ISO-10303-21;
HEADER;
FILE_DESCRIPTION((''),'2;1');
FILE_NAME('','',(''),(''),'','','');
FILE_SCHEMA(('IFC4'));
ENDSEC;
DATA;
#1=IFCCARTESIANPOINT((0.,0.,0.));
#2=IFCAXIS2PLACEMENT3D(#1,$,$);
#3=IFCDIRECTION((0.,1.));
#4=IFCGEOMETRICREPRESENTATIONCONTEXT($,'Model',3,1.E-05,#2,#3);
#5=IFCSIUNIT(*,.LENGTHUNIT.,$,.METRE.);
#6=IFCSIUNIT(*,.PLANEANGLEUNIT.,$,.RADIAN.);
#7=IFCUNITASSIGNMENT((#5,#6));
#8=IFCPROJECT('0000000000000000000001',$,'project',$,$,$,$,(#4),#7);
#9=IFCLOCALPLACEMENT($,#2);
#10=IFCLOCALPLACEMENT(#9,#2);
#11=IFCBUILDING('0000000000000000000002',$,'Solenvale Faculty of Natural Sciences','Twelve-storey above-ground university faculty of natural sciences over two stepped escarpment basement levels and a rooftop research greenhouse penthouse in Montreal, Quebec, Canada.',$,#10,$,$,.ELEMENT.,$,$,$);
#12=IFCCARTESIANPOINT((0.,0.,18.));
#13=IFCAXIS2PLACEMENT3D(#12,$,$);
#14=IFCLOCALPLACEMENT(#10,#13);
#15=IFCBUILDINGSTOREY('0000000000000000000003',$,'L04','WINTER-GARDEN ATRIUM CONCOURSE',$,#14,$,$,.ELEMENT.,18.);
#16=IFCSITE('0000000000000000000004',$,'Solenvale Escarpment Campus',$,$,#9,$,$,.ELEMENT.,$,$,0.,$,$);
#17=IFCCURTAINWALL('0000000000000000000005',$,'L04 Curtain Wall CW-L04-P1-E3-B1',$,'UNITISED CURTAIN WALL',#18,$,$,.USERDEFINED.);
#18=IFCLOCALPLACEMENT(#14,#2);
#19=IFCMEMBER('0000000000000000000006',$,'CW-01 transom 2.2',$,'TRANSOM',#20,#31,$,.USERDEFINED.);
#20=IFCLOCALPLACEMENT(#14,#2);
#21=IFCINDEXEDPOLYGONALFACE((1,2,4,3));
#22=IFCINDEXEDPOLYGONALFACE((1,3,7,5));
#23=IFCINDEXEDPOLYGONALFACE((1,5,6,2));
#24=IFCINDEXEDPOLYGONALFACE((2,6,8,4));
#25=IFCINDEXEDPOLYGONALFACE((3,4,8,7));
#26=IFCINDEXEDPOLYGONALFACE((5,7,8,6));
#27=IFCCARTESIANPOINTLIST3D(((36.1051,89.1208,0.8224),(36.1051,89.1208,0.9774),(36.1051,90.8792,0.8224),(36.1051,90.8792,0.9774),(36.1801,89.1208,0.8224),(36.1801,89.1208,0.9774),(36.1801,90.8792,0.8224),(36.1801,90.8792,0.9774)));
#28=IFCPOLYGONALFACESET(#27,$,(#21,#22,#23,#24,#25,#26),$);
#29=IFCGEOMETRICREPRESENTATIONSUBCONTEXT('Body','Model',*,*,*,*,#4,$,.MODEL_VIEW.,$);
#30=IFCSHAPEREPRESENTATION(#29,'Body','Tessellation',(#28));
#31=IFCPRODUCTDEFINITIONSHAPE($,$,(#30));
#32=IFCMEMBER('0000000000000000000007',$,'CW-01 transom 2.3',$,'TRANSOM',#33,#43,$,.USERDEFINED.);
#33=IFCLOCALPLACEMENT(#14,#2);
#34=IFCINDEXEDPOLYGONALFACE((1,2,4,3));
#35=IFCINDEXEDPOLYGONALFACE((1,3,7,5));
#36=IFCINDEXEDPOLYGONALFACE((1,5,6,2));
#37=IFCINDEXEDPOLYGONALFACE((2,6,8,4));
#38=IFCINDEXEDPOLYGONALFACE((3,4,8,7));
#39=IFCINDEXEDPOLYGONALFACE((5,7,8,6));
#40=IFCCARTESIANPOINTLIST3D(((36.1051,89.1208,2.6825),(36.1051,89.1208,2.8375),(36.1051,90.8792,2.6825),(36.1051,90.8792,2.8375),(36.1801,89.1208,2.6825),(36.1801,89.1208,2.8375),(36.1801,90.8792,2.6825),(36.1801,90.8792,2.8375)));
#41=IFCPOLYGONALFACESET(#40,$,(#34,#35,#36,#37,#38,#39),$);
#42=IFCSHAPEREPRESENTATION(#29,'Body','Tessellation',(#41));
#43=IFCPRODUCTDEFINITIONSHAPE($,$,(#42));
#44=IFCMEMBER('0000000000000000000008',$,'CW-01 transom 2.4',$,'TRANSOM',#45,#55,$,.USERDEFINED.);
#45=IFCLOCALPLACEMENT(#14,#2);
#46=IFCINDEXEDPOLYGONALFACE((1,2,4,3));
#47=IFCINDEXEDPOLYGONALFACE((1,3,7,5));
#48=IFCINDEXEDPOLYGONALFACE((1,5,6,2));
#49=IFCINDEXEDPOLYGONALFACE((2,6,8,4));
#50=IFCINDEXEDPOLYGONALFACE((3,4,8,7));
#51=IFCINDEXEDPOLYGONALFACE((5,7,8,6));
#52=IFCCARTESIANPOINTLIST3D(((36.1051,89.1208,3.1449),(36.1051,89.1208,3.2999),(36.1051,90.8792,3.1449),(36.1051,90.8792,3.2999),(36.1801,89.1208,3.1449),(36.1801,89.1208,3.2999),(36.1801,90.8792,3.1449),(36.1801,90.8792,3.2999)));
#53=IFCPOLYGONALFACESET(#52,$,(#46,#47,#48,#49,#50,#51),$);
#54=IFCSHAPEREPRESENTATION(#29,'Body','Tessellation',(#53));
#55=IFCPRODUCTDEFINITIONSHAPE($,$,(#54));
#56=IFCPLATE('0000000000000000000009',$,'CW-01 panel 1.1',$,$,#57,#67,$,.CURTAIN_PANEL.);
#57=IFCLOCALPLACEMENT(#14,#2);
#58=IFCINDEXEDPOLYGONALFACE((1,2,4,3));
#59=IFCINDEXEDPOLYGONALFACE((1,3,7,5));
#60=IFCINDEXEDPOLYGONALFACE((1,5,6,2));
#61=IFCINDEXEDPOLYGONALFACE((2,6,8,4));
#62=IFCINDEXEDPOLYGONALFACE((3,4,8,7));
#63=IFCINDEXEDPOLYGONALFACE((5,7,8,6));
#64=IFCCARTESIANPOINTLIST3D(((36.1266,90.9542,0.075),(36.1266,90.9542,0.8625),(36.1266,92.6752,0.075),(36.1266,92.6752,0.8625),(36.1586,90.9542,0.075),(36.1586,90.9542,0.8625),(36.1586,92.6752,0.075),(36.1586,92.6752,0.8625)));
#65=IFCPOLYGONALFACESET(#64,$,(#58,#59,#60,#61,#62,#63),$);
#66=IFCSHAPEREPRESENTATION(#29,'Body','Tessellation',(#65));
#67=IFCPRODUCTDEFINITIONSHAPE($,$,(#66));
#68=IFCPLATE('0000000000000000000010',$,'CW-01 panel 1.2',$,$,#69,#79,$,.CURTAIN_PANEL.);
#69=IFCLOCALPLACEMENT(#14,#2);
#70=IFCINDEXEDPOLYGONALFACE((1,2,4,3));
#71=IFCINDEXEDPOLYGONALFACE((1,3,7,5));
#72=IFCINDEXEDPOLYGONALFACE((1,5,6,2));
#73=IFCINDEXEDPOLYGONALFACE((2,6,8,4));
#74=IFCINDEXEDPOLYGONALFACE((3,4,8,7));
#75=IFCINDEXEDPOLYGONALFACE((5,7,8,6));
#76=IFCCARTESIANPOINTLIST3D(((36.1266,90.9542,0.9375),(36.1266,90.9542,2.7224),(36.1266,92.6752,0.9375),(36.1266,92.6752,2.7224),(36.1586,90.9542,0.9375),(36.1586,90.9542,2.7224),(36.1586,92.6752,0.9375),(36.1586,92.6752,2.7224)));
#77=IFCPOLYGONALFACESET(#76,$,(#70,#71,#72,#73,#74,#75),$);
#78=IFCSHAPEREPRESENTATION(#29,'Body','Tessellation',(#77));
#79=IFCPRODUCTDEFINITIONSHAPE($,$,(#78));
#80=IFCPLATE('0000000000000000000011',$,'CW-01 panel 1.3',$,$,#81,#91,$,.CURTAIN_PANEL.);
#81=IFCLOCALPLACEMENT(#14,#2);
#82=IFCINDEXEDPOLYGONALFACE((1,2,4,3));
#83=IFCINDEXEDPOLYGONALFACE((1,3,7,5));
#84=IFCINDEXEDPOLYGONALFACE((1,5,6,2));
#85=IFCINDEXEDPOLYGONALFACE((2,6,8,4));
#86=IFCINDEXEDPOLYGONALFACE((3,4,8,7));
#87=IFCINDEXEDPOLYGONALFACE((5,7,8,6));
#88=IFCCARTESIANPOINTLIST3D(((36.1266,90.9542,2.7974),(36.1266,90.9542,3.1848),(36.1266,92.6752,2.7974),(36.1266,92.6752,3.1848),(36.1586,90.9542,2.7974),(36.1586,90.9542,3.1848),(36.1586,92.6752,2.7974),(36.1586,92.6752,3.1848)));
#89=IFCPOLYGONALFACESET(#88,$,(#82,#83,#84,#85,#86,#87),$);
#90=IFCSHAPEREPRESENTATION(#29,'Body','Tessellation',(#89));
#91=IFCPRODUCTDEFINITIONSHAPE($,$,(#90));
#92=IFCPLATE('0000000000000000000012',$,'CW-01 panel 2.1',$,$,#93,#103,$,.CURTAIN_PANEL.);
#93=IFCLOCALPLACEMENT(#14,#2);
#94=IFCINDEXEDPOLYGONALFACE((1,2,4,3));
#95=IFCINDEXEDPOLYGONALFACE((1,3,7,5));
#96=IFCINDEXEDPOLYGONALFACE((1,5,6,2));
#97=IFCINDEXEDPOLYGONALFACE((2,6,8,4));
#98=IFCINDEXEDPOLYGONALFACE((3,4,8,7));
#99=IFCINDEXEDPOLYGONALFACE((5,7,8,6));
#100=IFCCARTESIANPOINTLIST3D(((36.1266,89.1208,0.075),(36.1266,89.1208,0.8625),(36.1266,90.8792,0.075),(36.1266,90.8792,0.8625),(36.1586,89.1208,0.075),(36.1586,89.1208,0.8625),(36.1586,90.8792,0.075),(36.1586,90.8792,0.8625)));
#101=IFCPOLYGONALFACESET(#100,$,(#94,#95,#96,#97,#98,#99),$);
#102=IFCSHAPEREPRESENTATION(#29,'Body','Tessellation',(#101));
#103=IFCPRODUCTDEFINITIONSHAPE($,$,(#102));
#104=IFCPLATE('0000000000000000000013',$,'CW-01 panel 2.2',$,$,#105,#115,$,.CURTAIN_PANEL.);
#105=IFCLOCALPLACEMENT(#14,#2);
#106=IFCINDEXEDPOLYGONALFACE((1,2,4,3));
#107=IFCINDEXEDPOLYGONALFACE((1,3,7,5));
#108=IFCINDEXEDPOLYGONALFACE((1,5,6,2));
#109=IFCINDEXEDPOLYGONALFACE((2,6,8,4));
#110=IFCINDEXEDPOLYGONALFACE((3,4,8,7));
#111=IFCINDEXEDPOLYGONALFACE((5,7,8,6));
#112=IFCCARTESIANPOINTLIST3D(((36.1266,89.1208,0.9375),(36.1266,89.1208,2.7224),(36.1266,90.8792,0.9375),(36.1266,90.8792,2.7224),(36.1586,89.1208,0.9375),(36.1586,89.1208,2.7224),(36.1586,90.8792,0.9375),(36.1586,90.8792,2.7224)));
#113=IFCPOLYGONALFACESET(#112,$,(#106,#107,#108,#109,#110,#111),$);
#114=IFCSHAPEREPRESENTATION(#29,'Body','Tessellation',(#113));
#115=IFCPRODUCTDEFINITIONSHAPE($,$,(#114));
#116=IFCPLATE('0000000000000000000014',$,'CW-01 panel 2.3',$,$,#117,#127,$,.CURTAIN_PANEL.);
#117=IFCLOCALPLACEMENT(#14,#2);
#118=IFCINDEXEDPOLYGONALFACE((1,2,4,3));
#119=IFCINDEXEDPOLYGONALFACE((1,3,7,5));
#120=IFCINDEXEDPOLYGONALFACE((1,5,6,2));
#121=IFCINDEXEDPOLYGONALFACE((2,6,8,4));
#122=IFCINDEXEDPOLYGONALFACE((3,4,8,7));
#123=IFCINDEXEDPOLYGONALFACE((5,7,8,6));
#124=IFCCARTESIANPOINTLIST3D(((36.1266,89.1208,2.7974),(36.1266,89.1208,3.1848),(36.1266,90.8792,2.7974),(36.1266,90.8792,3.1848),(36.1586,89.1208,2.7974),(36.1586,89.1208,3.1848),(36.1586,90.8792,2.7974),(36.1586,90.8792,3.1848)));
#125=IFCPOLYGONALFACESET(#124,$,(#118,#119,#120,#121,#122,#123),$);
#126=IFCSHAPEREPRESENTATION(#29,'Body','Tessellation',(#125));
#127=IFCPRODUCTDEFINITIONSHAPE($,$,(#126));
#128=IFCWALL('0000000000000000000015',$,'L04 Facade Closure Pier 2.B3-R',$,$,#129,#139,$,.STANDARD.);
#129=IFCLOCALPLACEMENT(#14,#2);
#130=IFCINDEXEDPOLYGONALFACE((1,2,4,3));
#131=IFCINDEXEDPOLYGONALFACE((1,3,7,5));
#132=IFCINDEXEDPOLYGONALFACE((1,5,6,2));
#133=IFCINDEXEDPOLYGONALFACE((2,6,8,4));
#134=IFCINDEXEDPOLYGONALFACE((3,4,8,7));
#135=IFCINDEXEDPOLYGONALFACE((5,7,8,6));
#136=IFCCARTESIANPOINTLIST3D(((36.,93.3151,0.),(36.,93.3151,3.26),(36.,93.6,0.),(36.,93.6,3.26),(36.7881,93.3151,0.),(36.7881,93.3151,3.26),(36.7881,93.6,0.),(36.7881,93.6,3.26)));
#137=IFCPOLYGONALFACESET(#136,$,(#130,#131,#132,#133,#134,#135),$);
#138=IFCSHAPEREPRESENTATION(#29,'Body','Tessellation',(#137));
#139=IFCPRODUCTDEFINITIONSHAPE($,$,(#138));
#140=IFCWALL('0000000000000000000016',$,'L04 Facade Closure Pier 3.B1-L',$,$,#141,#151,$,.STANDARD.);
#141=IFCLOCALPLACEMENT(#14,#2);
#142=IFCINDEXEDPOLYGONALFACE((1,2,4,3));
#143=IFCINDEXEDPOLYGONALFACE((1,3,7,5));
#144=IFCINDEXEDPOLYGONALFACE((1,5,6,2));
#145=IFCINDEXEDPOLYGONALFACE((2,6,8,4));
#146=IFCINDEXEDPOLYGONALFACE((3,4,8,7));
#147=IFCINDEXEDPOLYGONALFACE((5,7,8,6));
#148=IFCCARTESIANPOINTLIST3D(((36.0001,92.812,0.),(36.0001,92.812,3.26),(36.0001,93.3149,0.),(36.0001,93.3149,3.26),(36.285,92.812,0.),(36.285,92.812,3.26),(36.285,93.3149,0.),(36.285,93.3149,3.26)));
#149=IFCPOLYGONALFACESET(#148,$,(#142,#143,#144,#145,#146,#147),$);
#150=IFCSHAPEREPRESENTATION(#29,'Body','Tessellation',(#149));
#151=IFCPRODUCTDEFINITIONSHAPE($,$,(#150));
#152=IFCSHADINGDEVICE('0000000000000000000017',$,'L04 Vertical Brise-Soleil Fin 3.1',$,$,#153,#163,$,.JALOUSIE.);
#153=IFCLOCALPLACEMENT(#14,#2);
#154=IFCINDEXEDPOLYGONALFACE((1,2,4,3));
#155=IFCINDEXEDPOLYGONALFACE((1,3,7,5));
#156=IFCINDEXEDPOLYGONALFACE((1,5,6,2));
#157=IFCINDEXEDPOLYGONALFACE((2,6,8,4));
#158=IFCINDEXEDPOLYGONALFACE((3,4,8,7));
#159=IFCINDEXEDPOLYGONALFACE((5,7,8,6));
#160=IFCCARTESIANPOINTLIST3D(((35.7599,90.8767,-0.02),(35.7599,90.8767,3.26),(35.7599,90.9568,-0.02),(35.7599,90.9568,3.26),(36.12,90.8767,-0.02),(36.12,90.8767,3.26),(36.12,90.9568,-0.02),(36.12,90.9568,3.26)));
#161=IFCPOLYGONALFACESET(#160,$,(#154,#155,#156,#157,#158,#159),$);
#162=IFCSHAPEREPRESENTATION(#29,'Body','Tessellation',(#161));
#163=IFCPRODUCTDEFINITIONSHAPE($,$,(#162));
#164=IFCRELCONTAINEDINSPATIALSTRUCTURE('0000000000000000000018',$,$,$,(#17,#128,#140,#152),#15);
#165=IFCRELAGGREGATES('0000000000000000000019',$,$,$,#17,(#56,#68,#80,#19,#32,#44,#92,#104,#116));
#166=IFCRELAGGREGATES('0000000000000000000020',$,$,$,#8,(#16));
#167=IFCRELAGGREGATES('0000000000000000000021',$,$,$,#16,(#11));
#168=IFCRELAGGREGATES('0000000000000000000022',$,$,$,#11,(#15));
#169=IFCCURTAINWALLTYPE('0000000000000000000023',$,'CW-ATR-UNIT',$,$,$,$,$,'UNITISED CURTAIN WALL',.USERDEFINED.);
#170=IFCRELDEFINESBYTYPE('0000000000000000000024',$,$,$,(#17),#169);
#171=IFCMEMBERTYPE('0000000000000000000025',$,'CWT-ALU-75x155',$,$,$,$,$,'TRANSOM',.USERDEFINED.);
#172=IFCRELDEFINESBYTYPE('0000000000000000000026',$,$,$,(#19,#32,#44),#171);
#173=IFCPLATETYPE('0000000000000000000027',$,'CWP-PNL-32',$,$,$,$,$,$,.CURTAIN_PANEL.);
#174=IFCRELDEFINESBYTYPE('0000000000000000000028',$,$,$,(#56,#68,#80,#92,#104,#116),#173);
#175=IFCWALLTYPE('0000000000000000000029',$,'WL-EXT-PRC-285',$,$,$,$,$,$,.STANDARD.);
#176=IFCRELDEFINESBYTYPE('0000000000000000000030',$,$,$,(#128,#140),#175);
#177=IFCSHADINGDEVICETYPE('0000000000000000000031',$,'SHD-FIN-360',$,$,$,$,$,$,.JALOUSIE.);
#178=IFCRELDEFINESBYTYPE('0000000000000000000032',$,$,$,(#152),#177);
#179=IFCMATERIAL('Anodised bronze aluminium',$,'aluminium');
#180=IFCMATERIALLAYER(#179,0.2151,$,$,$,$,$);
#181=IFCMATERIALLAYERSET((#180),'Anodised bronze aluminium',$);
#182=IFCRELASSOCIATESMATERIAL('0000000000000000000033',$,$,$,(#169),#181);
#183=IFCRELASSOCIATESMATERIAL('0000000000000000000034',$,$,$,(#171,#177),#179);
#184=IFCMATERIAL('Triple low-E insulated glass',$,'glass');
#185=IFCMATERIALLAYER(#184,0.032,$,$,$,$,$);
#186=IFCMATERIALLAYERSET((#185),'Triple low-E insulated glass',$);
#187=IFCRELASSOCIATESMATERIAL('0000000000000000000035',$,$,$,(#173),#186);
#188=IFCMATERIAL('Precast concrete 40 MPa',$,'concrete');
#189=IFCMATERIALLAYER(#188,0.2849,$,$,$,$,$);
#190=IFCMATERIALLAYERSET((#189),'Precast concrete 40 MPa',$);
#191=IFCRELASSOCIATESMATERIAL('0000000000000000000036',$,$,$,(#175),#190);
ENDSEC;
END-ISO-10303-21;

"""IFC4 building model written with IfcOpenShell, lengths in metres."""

from ifc_helpers import new_model, si_unit, direction, frame, frame_2d, origin, origin_2d, place, context, subcontext, project, spatial, rectangle, extrude, material, layer, layer_set, material_profile, profile_set, type_object, element, aggregate, save


model = new_model("IFC4")

# Units and contexts
model_context = context("Model", 3, precision=1e-05, world=origin(), true_north=direction((0.0, 1.0)))
body_context = subcontext(model_context, "Body", "Model", "MODEL_VIEW")
ifc_project = project(units=[si_unit("LENGTHUNIT", "METRE"), si_unit("PLANEANGLEUNIT", "RADIAN")], contexts=[model_context])

# Site, building, storey
site_placement = place(None, origin())
site = spatial("IfcSite", under=ifc_project, at=site_placement, Name="Solenvale Escarpment Campus", CompositionType="ELEMENT", RefElevation=0.0)
building_placement = place(site_placement, origin())
building = spatial("IfcBuilding", under=site, at=building_placement, Name="Solenvale Faculty of Natural Sciences", Description="Twelve-storey above-ground university faculty of natural sciences over two stepped escarpment basement levels and a rooftop research greenhouse penthouse in Montreal, Quebec, Canada.", CompositionType="ELEMENT")
storey_placement = place(building_placement, frame((0.0, 0.0, 18.0)))
storey = spatial("IfcBuildingStorey", under=building, at=storey_placement, Name="L04", Description="WINTER-GARDEN ATRIUM CONCOURSE", CompositionType="ELEMENT", Elevation=18.0)

# Curtain wall, members, plates
ifc_material_1 = material(Name="Anodised bronze aluminium", Category="aluminium")
ifc_layer_1 = layer(ifc_material_1, 0.2151)
ifc_layer_set_1 = layer_set([ifc_layer_1], Name="Anodised bronze aluminium")
curtain_wall_type = type_object("IfcCurtainWallType", Name="CW-ATR-UNIT", ElementType="UNITISED CURTAIN WALL", PredefinedType="USERDEFINED", material=ifc_layer_set_1)
curtain_wall_placement = place(storey_placement, origin())
curtain_wall = element("IfcCurtainWall", 1, at=curtain_wall_placement, inside=storey, type_object=curtain_wall_type, Name="L04 Curtain Wall CW-L04-P1-E3-B1", ObjectType="UNITISED CURTAIN WALL", PredefinedType="USERDEFINED")
ifc_material_profile_1 = material_profile(ifc_material_1, rectangle(XDim=0.075, YDim=0.155, at=origin_2d()), Name="ALU-TRN-75x155")
ifc_profile_set_1 = profile_set([ifc_material_profile_1], Name="Anodised bronze aluminium")
member_type_1 = type_object("IfcMemberType", Name="CWT-ALU-75x155", ElementType="TRANSOM", PredefinedType="USERDEFINED", material=ifc_profile_set_1)
member_1_placement = place(storey_placement, frame((36.1426, 90.8792, 0.8999), z_axis=(0.0, -1.0, 0.0), x_axis=(1.0, 0.0, 0.0)))
member_1 = element("IfcMember", 2, at=member_1_placement, type_object=member_type_1, Name="CW-01 transom 2.2", ObjectType="TRANSOM", PredefinedType="USERDEFINED", context=body_context, shape_type="SweptSolid", body=[
    extrude(rectangle(XDim=0.075, YDim=0.155, at=origin_2d()), origin(), (0.0, 0.0, 1.0), 1.7583),
])
member_2_placement = place(storey_placement, frame((36.1426, 90.8792, 2.76), z_axis=(0.0, -1.0, 0.0), x_axis=(1.0, 0.0, 0.0)))
member_2 = element("IfcMember", 3, at=member_2_placement, type_object=member_type_1, Name="CW-01 transom 2.3", ObjectType="TRANSOM", PredefinedType="USERDEFINED", context=body_context, shape_type="SweptSolid", body=[
    extrude(rectangle(XDim=0.075, YDim=0.155, at=origin_2d()), origin(), (0.0, 0.0, 1.0), 1.7583),
])
member_3_placement = place(storey_placement, frame((36.1426, 90.8792, 3.2224), z_axis=(0.0, -1.0, 0.0), x_axis=(1.0, 0.0, 0.0)))
member_3 = element("IfcMember", 4, at=member_3_placement, type_object=member_type_1, Name="CW-01 transom 2.4", ObjectType="TRANSOM", PredefinedType="USERDEFINED", context=body_context, shape_type="SweptSolid", body=[
    extrude(rectangle(XDim=0.075, YDim=0.155, at=origin_2d()), origin(), (0.0, 0.0, 1.0), 1.7583),
])
ifc_material_2 = material(Name="Triple low-E insulated glass", Category="glass")
ifc_layer_2 = layer(ifc_material_2, 0.032)
ifc_layer_set_2 = layer_set([ifc_layer_2], Name="Triple low-E insulated glass")
plate_type = type_object("IfcPlateType", Name="CWP-PNL-32", PredefinedType="CURTAIN_PANEL", material=ifc_layer_set_2)
plate_1_placement = place(storey_placement, frame((36.1426, 91.8147, 0.075), z_axis=(0.0, 0.0, 1.0), x_axis=(0.0, -1.0, 0.0)))
plate_1 = element("IfcPlate", 5, at=plate_1_placement, type_object=plate_type, Name="CW-01 panel 1.1", PredefinedType="CURTAIN_PANEL", context=body_context, shape_type="SweptSolid", body=[
    extrude(rectangle(XDim=1.7209, YDim=0.032, at=origin_2d()), origin(), (0.0, 0.0, 1.0), 0.7876),
])
plate_2_placement = place(storey_placement, frame((36.1426, 91.8147, 0.9375), z_axis=(0.0, 0.0, 1.0), x_axis=(0.0, -1.0, 0.0)))
plate_2 = element("IfcPlate", 6, at=plate_2_placement, type_object=plate_type, Name="CW-01 panel 1.2", PredefinedType="CURTAIN_PANEL", context=body_context, shape_type="SweptSolid", body=[
    extrude(rectangle(XDim=1.7209, YDim=0.032, at=origin_2d()), origin(), (0.0, 0.0, 1.0), 1.7849),
])
plate_3_placement = place(storey_placement, frame((36.1426, 91.8147, 2.7974), z_axis=(0.0, 0.0, 1.0), x_axis=(0.0, -1.0, 0.0)))
plate_3 = element("IfcPlate", 7, at=plate_3_placement, type_object=plate_type, Name="CW-01 panel 1.3", PredefinedType="CURTAIN_PANEL", context=body_context, shape_type="SweptSolid", body=[
    extrude(rectangle(XDim=1.7209, YDim=0.032, at=origin_2d()), origin(), (0.0, 0.0, 1.0), 0.3875),
])
plate_4_placement = place(storey_placement, frame((36.1426, 90.0, 0.075), z_axis=(0.0, 0.0, 1.0), x_axis=(0.0, -1.0, 0.0)))
plate_4 = element("IfcPlate", 8, at=plate_4_placement, type_object=plate_type, Name="CW-01 panel 2.1", PredefinedType="CURTAIN_PANEL", context=body_context, shape_type="SweptSolid", body=[
    extrude(rectangle(XDim=1.7583, YDim=0.032, at=origin_2d()), origin(), (0.0, 0.0, 1.0), 0.7876),
])
plate_5_placement = place(storey_placement, frame((36.1426, 90.0, 0.9375), z_axis=(0.0, 0.0, 1.0), x_axis=(0.0, -1.0, 0.0)))
plate_5 = element("IfcPlate", 9, at=plate_5_placement, type_object=plate_type, Name="CW-01 panel 2.2", PredefinedType="CURTAIN_PANEL", context=body_context, shape_type="SweptSolid", body=[
    extrude(rectangle(XDim=1.7583, YDim=0.032, at=origin_2d()), origin(), (0.0, 0.0, 1.0), 1.7849),
])
plate_6_placement = place(storey_placement, frame((36.1426, 90.0, 2.7974), z_axis=(0.0, 0.0, 1.0), x_axis=(0.0, -1.0, 0.0)))
plate_6 = element("IfcPlate", 10, at=plate_6_placement, type_object=plate_type, Name="CW-01 panel 2.3", PredefinedType="CURTAIN_PANEL", context=body_context, shape_type="SweptSolid", body=[
    extrude(rectangle(XDim=1.7583, YDim=0.032, at=origin_2d()), origin(), (0.0, 0.0, 1.0), 0.3875),
])
aggregate(curtain_wall, [plate_1, plate_2, plate_3, member_1, member_2, member_3, plate_4, plate_5, plate_6])

# Walls
ifc_material_3 = material(Name="Precast concrete 40 MPa", Category="concrete")
ifc_layer_3 = layer(ifc_material_3, 0.2849)
ifc_layer_set_3 = layer_set([ifc_layer_3], Name="Precast concrete 40 MPa")
wall_type = type_object("IfcWallType", Name="WL-EXT-PRC-285", PredefinedType="STANDARD", material=ifc_layer_set_3)
wall_1_placement = place(storey_placement, frame((36.7881, 93.4575, 0.0), z_axis=(0.0, 0.0, 1.0), x_axis=(-1.0, 0.0, 0.0)))
element("IfcWall", 11, at=wall_1_placement, inside=storey, type_object=wall_type, Name="L04 Facade Closure Pier 2.B3-R", PredefinedType="STANDARD", context=body_context, shape_type="SweptSolid", body=[
    extrude(rectangle(XDim=0.7881, YDim=0.2849, at=frame_2d((0.394, 0.0))), origin(), (0.0, 0.0, 1.0), 3.26),
])
wall_2_placement = place(storey_placement, frame((36.1426, 93.3149, 0.0), z_axis=(0.0, 0.0, 1.0), x_axis=(0.0, -1.0, 0.0)))
element("IfcWall", 12, at=wall_2_placement, inside=storey, type_object=wall_type, Name="L04 Facade Closure Pier 3.B1-L", PredefinedType="STANDARD", context=body_context, shape_type="SweptSolid", body=[
    extrude(rectangle(XDim=0.5029, YDim=0.2849, at=frame_2d((0.2515, 0.0))), origin(), (0.0, 0.0, 1.0), 3.26),
])

# Shading device
ifc_material_profile_2 = material_profile(ifc_material_1, rectangle(XDim=0.0801, YDim=0.3601, at=origin_2d()), Name="ALU-FIN-80x360")
ifc_profile_set_2 = profile_set([ifc_material_profile_2], Name="Anodised bronze aluminium")
shading_device_type = type_object("IfcShadingDeviceType", Name="SHD-FIN-360", PredefinedType="JALOUSIE", material=ifc_profile_set_2)
shading_device_placement = place(storey_placement, frame((35.9399, 90.9167, -0.02), z_axis=(0.0, 0.0, 1.0), x_axis=(0.0, 1.0, 0.0)))
element("IfcShadingDevice", 13, at=shading_device_placement, inside=storey, type_object=shading_device_type, Name="L04 Vertical Brise-Soleil Fin 3.1", PredefinedType="JALOUSIE", context=body_context, shape_type="SweptSolid", body=[
    extrude(rectangle(XDim=0.0801, YDim=0.3601, at=origin_2d()), origin(), (0.0, 0.0, 1.0), 3.28),
])

save(model, "model.ifc")
